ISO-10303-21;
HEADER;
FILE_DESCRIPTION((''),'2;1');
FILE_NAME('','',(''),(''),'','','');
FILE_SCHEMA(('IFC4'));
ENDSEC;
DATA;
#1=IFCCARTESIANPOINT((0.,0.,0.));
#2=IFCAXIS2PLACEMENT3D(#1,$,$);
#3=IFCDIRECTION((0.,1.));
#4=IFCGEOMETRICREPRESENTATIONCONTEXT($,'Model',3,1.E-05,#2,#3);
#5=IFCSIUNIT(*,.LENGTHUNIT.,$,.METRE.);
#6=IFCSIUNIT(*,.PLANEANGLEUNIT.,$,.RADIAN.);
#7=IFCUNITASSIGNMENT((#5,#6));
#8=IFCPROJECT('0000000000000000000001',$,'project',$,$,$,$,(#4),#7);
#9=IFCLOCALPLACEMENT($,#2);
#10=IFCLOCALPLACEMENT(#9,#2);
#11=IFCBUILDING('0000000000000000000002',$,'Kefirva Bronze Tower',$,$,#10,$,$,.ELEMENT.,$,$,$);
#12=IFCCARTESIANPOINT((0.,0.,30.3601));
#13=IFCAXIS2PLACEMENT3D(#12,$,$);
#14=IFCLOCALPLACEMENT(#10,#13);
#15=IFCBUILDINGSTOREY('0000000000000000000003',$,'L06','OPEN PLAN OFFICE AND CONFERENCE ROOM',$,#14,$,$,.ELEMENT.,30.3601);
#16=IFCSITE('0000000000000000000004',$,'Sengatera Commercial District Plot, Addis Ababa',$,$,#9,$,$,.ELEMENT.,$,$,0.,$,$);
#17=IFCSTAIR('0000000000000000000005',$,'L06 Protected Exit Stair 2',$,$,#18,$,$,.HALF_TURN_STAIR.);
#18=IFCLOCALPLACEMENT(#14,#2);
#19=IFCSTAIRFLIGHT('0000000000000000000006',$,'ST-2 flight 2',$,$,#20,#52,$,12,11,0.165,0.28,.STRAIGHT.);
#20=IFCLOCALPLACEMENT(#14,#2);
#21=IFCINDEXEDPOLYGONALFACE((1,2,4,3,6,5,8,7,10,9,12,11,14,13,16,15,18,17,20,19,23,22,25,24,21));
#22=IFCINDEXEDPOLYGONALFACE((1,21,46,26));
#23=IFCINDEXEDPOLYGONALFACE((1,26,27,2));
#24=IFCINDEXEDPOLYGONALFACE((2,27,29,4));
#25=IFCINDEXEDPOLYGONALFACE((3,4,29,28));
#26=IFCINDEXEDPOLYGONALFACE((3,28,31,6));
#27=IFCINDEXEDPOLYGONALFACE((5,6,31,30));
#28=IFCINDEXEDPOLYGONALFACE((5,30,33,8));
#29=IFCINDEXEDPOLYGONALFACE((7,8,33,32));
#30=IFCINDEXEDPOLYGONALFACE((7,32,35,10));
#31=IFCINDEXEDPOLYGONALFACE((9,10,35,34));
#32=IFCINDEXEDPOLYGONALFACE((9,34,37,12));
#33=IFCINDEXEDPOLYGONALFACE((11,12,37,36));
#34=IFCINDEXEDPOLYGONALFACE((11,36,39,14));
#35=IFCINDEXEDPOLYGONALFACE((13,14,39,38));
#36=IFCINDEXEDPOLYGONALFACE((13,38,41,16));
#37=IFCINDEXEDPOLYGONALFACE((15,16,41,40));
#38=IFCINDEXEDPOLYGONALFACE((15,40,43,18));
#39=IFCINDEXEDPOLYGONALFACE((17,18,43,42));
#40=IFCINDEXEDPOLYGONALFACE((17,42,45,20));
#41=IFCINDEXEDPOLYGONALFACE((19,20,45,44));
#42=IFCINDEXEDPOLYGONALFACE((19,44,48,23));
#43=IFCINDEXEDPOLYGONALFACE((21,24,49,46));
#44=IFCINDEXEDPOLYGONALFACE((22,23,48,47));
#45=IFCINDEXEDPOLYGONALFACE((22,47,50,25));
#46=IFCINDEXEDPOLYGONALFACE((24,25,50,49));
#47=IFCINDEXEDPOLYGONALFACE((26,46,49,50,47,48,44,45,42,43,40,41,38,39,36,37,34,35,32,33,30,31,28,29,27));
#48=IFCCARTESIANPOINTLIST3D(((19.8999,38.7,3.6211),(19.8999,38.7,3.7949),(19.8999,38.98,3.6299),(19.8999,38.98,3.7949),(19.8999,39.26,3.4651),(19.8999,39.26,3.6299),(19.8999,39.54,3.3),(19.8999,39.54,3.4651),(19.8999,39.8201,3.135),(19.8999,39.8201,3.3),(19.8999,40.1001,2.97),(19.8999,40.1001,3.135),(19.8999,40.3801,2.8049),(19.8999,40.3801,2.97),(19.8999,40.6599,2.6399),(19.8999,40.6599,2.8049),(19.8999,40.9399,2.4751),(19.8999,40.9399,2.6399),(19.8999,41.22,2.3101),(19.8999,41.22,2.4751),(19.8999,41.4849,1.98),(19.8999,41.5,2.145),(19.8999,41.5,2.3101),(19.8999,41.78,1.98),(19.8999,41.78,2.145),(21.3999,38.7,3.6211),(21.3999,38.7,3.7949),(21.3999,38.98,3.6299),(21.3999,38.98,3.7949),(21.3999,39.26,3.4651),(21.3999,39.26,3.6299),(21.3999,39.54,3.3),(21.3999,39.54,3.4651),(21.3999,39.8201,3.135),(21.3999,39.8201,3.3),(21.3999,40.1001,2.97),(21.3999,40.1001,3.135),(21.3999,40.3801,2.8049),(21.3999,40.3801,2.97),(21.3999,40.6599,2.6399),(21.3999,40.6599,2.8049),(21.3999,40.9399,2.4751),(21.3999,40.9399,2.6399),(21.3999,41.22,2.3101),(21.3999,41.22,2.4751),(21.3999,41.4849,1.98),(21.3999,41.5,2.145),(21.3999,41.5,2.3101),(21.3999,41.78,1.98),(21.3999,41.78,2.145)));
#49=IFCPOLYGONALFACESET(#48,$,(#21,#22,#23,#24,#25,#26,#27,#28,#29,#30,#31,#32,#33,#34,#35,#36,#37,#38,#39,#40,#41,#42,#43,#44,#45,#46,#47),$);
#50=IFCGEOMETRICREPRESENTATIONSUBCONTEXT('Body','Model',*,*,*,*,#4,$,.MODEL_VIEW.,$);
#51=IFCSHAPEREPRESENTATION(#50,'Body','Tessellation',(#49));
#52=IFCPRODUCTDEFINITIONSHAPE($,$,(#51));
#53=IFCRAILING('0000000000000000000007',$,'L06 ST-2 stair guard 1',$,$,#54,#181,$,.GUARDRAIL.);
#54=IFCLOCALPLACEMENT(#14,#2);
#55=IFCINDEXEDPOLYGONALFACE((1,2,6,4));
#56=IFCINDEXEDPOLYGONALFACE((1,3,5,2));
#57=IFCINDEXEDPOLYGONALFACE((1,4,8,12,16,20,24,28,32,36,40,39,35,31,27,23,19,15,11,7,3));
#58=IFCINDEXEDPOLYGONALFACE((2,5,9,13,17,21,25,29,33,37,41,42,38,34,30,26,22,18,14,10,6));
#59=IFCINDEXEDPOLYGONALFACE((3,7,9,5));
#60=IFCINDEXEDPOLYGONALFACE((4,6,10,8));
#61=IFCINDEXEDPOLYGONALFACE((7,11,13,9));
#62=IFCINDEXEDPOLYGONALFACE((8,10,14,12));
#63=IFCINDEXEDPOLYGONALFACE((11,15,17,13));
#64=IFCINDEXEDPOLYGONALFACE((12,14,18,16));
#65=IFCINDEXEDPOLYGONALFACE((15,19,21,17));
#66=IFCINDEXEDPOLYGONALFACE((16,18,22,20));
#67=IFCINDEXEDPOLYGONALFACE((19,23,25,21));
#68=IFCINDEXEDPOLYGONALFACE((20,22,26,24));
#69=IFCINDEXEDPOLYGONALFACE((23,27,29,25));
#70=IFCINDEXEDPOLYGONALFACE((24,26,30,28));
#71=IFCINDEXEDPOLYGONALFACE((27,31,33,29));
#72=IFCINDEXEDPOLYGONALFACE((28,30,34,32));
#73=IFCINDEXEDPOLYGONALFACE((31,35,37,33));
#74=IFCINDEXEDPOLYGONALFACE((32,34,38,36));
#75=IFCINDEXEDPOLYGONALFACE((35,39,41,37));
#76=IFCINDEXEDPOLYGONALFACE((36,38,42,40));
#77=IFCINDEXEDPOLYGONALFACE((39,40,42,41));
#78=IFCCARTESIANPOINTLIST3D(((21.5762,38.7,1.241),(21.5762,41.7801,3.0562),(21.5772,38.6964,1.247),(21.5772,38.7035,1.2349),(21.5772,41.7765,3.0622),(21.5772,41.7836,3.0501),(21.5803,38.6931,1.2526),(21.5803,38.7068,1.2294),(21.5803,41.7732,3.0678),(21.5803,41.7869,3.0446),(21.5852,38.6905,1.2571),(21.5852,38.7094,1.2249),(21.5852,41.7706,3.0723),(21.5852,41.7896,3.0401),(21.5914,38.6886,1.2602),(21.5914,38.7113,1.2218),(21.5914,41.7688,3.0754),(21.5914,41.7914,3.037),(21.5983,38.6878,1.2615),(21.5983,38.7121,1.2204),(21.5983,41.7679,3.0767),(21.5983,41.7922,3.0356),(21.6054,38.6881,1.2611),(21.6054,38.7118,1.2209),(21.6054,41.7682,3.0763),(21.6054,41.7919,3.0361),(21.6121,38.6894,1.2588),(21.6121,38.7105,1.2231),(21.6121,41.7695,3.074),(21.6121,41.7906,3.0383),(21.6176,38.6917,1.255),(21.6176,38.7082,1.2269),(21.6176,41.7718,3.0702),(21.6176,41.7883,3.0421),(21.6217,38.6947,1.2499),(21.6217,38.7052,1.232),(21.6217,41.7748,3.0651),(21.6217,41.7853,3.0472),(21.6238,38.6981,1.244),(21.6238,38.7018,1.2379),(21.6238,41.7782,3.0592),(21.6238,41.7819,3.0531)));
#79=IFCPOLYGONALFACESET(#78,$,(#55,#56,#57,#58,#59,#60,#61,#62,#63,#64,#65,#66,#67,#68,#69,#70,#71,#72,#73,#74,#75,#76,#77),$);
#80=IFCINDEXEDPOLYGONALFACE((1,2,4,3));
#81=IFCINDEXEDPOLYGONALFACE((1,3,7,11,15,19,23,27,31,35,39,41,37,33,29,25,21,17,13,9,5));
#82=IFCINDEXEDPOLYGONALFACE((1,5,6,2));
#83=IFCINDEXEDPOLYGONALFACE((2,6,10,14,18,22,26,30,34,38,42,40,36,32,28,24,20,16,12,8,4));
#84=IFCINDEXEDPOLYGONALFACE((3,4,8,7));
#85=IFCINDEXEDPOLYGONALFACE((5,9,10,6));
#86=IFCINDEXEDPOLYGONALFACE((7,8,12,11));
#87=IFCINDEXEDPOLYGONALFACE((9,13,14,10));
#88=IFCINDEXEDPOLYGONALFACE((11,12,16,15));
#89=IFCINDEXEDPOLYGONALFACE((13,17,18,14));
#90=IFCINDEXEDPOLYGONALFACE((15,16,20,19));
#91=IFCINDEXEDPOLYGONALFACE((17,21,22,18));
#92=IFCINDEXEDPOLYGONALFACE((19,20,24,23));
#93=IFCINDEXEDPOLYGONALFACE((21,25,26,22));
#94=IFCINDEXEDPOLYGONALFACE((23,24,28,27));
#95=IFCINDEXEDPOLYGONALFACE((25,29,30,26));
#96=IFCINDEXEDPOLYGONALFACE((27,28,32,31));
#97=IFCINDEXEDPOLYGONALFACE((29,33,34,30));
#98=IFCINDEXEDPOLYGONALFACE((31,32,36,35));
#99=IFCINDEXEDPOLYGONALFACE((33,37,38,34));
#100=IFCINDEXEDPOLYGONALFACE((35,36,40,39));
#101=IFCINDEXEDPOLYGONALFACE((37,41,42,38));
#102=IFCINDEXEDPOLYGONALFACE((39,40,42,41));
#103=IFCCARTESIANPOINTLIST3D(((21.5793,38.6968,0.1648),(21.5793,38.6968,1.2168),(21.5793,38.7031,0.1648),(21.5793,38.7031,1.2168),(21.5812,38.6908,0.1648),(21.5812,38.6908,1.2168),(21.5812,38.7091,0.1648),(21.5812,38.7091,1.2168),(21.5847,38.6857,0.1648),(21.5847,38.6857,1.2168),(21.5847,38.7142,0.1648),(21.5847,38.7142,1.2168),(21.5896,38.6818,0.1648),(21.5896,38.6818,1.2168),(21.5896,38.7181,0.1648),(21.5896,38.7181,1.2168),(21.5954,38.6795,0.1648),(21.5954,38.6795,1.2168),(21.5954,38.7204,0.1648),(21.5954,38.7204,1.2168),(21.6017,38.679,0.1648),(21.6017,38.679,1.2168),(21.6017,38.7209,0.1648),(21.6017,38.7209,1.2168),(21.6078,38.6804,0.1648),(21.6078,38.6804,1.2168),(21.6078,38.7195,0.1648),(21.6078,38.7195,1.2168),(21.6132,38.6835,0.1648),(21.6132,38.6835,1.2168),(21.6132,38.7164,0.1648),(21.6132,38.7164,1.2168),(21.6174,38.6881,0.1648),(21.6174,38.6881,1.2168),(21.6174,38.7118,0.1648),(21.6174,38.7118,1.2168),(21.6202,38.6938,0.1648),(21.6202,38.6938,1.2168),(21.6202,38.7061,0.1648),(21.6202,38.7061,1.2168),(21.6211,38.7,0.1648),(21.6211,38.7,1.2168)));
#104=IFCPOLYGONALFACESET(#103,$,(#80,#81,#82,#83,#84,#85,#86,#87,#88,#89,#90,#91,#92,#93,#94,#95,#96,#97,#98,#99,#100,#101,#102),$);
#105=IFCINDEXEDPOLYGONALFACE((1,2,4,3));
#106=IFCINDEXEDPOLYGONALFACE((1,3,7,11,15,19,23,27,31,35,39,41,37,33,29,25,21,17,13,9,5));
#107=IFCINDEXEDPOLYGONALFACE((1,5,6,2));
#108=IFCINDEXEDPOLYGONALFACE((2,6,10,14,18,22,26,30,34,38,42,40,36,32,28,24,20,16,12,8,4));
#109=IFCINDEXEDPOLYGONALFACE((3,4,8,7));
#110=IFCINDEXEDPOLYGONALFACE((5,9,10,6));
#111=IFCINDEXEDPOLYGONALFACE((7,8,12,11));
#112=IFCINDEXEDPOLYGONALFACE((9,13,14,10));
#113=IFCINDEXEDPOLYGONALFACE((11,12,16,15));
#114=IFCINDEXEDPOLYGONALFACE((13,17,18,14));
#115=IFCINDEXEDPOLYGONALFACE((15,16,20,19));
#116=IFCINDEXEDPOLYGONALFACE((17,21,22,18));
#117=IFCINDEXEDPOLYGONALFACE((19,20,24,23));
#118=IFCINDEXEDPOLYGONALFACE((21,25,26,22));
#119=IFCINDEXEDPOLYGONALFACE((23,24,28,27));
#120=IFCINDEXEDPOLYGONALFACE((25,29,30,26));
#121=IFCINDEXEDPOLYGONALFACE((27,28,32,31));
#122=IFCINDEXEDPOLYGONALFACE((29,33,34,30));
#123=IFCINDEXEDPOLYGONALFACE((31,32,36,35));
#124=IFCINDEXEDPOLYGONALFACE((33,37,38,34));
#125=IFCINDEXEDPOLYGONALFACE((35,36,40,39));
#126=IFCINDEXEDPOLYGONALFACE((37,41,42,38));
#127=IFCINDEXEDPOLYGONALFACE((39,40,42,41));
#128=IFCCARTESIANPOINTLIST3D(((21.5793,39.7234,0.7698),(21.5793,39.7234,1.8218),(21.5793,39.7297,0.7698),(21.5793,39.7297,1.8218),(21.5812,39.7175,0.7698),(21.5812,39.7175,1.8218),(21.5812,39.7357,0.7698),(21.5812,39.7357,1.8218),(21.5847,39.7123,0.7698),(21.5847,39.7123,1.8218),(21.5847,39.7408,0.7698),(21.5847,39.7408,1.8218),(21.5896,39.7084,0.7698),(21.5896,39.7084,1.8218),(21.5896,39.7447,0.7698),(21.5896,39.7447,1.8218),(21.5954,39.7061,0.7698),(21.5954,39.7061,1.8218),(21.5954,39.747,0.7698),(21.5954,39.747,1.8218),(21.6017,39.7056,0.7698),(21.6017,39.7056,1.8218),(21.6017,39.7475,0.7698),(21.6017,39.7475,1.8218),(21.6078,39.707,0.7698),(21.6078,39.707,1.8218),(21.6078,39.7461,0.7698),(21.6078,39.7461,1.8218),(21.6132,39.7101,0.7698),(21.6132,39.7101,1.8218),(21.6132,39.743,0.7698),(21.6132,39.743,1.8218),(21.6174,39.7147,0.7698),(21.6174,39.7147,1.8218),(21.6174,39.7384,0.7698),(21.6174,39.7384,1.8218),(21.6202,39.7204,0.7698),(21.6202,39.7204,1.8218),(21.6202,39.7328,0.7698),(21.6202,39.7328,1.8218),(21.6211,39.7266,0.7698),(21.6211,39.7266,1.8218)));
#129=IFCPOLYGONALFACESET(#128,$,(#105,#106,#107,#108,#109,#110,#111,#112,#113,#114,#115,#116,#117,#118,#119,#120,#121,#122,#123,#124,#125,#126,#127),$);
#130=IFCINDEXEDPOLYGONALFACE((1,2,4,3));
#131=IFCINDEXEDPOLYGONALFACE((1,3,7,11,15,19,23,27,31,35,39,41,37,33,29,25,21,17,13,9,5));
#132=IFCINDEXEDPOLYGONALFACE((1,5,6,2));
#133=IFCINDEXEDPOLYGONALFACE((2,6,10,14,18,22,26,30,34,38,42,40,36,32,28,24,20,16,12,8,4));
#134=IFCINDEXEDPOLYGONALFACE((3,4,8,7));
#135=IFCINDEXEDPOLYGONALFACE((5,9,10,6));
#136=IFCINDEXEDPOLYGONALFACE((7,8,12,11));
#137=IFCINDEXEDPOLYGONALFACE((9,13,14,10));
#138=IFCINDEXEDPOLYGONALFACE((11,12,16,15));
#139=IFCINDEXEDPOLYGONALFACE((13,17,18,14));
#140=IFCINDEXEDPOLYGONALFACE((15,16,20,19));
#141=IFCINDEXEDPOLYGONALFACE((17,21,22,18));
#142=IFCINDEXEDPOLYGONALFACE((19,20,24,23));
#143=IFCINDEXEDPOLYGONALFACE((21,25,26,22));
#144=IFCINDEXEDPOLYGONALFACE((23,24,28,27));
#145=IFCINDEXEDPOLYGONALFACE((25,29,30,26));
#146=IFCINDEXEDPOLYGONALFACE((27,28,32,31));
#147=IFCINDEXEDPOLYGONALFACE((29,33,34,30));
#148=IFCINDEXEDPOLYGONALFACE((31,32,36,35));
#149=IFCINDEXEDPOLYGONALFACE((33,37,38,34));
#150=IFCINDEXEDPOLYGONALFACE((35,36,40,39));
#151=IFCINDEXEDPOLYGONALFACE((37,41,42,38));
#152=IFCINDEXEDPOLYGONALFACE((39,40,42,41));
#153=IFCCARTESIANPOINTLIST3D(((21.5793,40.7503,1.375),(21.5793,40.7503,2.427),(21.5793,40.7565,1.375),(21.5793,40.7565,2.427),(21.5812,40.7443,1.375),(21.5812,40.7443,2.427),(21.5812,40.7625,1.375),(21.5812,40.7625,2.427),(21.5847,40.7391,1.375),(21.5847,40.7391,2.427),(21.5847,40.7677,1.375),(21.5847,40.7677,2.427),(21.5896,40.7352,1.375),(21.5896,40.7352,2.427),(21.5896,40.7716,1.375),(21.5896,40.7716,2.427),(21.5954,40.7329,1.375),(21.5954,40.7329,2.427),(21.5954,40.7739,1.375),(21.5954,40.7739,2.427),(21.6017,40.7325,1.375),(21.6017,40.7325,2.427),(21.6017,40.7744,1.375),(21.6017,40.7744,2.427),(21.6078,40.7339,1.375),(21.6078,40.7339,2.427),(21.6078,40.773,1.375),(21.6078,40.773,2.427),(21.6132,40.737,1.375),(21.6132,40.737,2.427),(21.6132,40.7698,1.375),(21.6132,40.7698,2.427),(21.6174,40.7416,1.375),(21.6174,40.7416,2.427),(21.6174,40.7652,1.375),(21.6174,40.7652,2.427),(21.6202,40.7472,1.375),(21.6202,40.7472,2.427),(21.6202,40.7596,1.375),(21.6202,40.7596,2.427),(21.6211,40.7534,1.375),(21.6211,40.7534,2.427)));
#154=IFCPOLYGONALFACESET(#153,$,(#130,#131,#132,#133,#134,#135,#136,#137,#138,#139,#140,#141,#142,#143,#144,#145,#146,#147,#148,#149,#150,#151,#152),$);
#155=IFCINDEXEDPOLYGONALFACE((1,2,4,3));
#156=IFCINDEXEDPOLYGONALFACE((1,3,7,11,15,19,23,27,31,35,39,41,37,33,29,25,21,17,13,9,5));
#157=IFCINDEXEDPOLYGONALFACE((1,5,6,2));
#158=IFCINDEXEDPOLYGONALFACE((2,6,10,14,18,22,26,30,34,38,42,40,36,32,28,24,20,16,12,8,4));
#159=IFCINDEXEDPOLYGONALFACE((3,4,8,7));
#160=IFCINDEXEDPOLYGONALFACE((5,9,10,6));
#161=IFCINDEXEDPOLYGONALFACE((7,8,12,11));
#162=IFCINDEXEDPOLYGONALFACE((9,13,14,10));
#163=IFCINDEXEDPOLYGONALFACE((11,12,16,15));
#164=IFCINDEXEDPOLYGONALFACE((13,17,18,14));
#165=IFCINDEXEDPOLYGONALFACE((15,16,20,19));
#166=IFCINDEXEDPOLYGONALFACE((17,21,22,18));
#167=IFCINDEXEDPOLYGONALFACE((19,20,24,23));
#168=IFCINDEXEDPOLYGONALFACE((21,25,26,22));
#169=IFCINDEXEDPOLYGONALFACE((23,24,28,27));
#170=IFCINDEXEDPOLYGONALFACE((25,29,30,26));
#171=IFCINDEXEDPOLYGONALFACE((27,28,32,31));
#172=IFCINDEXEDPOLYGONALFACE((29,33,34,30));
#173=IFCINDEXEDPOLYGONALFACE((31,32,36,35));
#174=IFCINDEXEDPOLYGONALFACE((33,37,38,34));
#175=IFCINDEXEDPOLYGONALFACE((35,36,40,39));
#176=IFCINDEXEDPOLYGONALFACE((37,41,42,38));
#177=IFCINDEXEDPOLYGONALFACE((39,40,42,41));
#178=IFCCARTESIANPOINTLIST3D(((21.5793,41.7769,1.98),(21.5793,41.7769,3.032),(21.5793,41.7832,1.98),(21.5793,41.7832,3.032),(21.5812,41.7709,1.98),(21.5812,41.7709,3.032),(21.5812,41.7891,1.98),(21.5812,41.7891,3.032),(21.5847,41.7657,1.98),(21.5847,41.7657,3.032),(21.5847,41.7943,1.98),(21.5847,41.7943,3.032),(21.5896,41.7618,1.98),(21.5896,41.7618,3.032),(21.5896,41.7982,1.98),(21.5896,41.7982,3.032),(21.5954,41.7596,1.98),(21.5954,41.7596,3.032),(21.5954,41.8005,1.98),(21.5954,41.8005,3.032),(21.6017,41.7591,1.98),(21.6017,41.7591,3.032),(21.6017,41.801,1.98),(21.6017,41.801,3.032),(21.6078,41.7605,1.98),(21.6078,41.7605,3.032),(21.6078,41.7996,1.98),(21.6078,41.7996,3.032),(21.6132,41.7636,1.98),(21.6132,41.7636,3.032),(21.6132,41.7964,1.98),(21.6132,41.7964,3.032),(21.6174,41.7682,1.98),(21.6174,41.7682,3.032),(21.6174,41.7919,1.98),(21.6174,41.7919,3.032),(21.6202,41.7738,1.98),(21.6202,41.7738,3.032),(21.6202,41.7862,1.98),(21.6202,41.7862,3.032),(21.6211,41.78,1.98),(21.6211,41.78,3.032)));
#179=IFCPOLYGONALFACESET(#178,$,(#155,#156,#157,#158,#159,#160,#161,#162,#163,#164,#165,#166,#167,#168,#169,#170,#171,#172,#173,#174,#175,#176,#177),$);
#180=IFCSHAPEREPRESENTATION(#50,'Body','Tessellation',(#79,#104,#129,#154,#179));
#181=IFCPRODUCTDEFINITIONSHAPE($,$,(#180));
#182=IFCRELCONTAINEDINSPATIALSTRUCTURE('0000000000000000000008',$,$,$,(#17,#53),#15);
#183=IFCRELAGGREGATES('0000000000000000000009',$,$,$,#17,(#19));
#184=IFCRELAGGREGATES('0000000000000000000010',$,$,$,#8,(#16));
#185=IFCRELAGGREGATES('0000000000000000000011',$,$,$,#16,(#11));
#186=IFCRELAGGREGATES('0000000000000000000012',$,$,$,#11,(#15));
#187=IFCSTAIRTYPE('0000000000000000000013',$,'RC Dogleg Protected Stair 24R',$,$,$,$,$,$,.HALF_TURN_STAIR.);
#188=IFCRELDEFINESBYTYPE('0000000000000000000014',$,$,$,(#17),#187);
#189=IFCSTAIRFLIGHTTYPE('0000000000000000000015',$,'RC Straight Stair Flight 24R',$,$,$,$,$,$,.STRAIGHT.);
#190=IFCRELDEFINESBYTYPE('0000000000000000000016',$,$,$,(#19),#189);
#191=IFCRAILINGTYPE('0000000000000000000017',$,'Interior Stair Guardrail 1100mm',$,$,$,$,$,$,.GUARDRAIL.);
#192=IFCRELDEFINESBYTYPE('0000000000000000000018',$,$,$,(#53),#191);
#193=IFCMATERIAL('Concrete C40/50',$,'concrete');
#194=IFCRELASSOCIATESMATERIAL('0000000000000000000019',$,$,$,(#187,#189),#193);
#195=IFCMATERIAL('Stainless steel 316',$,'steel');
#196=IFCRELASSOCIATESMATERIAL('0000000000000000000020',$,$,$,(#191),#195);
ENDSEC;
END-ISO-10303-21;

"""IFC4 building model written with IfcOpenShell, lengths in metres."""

from ifc_helpers import new_model, si_unit, direction, frame, origin, origin_2d, place, context, subcontext, project, spatial, polyline, circle, outline, extrude, material, type_object, element, aggregate, save


model = new_model("IFC4")

# Units and contexts
model_context = context("Model", 3, precision=1e-05, world=origin(), true_north=direction((0.0, 1.0)))
body_context = subcontext(model_context, "Body", "Model", "MODEL_VIEW")
ifc_project = project(units=[si_unit("LENGTHUNIT", "METRE"), si_unit("PLANEANGLEUNIT", "RADIAN")], contexts=[model_context])

# Site, building, storey
site_placement = place(None, origin())
site = spatial("IfcSite", under=ifc_project, at=site_placement, Name="Sengatera Commercial District Plot, Addis Ababa", CompositionType="ELEMENT", RefElevation=0.0)
building_placement = place(site_placement, origin())
building = spatial("IfcBuilding", under=site, at=building_placement, Name="Kefirva Bronze Tower", CompositionType="ELEMENT")
storey_placement = place(building_placement, frame((0.0, 0.0, 30.3601)))
storey = spatial("IfcBuildingStorey", under=building, at=storey_placement, Name="L06", Description="OPEN PLAN OFFICE AND CONFERENCE ROOM", CompositionType="ELEMENT", Elevation=30.3601)

# Stair, stair flight
ifc_material_1 = material(Name="Concrete C40/50", Category="concrete")
stair_type = type_object("IfcStairType", Name="RC Dogleg Protected Stair 24R", PredefinedType="HALF_TURN_STAIR", material=ifc_material_1)
stair_placement = place(storey_placement, origin())
stair = element("IfcStair", 1, at=stair_placement, inside=storey, type_object=stair_type, Name="L06 Protected Exit Stair 2", PredefinedType="HALF_TURN_STAIR")
stair_flight_type = type_object("IfcStairFlightType", Name="RC Straight Stair Flight 24R", PredefinedType="STRAIGHT", material=ifc_material_1)
stair_flight_1_placement = place(storey_placement, frame((20.6499, 41.78, 1.98), z_axis=(0.0, 0.0, 1.0), x_axis=(0.0, -1.0, 0.0)))
stair_flight_1 = element("IfcStairFlight", 2, at=stair_flight_1_placement, type_object=stair_flight_type, Name="ST-2 flight 2", NumberOfRisers=12, NumberOfTreads=11, PredefinedType="STRAIGHT", RiserHeight=0.165, TreadLength=0.28, context=body_context, shape_type="SweptSolid", body=[
    extrude(outline(polyline([(0.0, 0.0), (0.0, 0.165), (0.28, 0.165), (0.28, 0.3301), (0.5601, 0.3301), (0.5601, 0.4951), (0.8401, 0.4951), (0.8401, 0.6599), (1.1201, 0.6599), (1.1201, 0.825), (1.3999, 0.825), (1.3999, 0.99), (1.6799, 0.99), (1.6799, 1.155), (1.96, 1.155), (1.96, 1.3201), (2.24, 1.3201), (2.24, 1.4851), (2.52, 1.4851), (2.52, 1.6499), (2.8, 1.6499), (2.8, 1.8149), (3.0801, 1.8149), (3.0801, 1.98), (3.0801, 1.6411), (0.2952, 0.0), (0.0, 0.0)])), frame((0.0, 0.75, 0.0), z_axis=(0.0, -1.0, 0.0), x_axis=(1.0, 0.0, 0.0)), (0.0, 0.0, 1.0), 1.5),
])
aggregate(stair, [stair_flight_1])

# Railing
ifc_material_2 = material(Name="Stainless steel 316", Category="steel")
railing_type_1 = type_object("IfcRailingType", Name="Interior Stair Guardrail 1100mm", PredefinedType="GUARDRAIL", material=ifc_material_2)
railing_1_placement = place(storey_placement, frame((21.6001, 38.7, 0.1648)))
element("IfcRailing", 3, at=railing_1_placement, inside=storey, type_object=railing_type_1, Name="L06 ST-2 stair guard 1", PredefinedType="GUARDRAIL", context=body_context, shape_type="SweptSolid", body=[
    extrude(circle(Radius=0.0239, at=origin_2d()), frame((0.0, 0.0, 1.0762), z_axis=(0.0, 0.861521, 0.507721), x_axis=(-1.0, 0.0, 0.0)), (0.0, 0.0, 1.0), 3.5752),
    extrude(circle(Radius=0.021, at=origin_2d()), origin(), (0.0, 0.0, 1.0), 1.052),
    extrude(circle(Radius=0.021, at=origin_2d()), frame((0.0, 1.0266, 0.605)), (0.0, 0.0, 1.0), 1.052),
    extrude(circle(Radius=0.021, at=origin_2d()), frame((0.0, 2.0535, 1.2102)), (0.0, 0.0, 1.0), 1.052),
    extrude(circle(Radius=0.021, at=origin_2d()), frame((0.0, 3.0801, 1.8152)), (0.0, 0.0, 1.0), 1.052),
])

save(model, "model.ifc")
